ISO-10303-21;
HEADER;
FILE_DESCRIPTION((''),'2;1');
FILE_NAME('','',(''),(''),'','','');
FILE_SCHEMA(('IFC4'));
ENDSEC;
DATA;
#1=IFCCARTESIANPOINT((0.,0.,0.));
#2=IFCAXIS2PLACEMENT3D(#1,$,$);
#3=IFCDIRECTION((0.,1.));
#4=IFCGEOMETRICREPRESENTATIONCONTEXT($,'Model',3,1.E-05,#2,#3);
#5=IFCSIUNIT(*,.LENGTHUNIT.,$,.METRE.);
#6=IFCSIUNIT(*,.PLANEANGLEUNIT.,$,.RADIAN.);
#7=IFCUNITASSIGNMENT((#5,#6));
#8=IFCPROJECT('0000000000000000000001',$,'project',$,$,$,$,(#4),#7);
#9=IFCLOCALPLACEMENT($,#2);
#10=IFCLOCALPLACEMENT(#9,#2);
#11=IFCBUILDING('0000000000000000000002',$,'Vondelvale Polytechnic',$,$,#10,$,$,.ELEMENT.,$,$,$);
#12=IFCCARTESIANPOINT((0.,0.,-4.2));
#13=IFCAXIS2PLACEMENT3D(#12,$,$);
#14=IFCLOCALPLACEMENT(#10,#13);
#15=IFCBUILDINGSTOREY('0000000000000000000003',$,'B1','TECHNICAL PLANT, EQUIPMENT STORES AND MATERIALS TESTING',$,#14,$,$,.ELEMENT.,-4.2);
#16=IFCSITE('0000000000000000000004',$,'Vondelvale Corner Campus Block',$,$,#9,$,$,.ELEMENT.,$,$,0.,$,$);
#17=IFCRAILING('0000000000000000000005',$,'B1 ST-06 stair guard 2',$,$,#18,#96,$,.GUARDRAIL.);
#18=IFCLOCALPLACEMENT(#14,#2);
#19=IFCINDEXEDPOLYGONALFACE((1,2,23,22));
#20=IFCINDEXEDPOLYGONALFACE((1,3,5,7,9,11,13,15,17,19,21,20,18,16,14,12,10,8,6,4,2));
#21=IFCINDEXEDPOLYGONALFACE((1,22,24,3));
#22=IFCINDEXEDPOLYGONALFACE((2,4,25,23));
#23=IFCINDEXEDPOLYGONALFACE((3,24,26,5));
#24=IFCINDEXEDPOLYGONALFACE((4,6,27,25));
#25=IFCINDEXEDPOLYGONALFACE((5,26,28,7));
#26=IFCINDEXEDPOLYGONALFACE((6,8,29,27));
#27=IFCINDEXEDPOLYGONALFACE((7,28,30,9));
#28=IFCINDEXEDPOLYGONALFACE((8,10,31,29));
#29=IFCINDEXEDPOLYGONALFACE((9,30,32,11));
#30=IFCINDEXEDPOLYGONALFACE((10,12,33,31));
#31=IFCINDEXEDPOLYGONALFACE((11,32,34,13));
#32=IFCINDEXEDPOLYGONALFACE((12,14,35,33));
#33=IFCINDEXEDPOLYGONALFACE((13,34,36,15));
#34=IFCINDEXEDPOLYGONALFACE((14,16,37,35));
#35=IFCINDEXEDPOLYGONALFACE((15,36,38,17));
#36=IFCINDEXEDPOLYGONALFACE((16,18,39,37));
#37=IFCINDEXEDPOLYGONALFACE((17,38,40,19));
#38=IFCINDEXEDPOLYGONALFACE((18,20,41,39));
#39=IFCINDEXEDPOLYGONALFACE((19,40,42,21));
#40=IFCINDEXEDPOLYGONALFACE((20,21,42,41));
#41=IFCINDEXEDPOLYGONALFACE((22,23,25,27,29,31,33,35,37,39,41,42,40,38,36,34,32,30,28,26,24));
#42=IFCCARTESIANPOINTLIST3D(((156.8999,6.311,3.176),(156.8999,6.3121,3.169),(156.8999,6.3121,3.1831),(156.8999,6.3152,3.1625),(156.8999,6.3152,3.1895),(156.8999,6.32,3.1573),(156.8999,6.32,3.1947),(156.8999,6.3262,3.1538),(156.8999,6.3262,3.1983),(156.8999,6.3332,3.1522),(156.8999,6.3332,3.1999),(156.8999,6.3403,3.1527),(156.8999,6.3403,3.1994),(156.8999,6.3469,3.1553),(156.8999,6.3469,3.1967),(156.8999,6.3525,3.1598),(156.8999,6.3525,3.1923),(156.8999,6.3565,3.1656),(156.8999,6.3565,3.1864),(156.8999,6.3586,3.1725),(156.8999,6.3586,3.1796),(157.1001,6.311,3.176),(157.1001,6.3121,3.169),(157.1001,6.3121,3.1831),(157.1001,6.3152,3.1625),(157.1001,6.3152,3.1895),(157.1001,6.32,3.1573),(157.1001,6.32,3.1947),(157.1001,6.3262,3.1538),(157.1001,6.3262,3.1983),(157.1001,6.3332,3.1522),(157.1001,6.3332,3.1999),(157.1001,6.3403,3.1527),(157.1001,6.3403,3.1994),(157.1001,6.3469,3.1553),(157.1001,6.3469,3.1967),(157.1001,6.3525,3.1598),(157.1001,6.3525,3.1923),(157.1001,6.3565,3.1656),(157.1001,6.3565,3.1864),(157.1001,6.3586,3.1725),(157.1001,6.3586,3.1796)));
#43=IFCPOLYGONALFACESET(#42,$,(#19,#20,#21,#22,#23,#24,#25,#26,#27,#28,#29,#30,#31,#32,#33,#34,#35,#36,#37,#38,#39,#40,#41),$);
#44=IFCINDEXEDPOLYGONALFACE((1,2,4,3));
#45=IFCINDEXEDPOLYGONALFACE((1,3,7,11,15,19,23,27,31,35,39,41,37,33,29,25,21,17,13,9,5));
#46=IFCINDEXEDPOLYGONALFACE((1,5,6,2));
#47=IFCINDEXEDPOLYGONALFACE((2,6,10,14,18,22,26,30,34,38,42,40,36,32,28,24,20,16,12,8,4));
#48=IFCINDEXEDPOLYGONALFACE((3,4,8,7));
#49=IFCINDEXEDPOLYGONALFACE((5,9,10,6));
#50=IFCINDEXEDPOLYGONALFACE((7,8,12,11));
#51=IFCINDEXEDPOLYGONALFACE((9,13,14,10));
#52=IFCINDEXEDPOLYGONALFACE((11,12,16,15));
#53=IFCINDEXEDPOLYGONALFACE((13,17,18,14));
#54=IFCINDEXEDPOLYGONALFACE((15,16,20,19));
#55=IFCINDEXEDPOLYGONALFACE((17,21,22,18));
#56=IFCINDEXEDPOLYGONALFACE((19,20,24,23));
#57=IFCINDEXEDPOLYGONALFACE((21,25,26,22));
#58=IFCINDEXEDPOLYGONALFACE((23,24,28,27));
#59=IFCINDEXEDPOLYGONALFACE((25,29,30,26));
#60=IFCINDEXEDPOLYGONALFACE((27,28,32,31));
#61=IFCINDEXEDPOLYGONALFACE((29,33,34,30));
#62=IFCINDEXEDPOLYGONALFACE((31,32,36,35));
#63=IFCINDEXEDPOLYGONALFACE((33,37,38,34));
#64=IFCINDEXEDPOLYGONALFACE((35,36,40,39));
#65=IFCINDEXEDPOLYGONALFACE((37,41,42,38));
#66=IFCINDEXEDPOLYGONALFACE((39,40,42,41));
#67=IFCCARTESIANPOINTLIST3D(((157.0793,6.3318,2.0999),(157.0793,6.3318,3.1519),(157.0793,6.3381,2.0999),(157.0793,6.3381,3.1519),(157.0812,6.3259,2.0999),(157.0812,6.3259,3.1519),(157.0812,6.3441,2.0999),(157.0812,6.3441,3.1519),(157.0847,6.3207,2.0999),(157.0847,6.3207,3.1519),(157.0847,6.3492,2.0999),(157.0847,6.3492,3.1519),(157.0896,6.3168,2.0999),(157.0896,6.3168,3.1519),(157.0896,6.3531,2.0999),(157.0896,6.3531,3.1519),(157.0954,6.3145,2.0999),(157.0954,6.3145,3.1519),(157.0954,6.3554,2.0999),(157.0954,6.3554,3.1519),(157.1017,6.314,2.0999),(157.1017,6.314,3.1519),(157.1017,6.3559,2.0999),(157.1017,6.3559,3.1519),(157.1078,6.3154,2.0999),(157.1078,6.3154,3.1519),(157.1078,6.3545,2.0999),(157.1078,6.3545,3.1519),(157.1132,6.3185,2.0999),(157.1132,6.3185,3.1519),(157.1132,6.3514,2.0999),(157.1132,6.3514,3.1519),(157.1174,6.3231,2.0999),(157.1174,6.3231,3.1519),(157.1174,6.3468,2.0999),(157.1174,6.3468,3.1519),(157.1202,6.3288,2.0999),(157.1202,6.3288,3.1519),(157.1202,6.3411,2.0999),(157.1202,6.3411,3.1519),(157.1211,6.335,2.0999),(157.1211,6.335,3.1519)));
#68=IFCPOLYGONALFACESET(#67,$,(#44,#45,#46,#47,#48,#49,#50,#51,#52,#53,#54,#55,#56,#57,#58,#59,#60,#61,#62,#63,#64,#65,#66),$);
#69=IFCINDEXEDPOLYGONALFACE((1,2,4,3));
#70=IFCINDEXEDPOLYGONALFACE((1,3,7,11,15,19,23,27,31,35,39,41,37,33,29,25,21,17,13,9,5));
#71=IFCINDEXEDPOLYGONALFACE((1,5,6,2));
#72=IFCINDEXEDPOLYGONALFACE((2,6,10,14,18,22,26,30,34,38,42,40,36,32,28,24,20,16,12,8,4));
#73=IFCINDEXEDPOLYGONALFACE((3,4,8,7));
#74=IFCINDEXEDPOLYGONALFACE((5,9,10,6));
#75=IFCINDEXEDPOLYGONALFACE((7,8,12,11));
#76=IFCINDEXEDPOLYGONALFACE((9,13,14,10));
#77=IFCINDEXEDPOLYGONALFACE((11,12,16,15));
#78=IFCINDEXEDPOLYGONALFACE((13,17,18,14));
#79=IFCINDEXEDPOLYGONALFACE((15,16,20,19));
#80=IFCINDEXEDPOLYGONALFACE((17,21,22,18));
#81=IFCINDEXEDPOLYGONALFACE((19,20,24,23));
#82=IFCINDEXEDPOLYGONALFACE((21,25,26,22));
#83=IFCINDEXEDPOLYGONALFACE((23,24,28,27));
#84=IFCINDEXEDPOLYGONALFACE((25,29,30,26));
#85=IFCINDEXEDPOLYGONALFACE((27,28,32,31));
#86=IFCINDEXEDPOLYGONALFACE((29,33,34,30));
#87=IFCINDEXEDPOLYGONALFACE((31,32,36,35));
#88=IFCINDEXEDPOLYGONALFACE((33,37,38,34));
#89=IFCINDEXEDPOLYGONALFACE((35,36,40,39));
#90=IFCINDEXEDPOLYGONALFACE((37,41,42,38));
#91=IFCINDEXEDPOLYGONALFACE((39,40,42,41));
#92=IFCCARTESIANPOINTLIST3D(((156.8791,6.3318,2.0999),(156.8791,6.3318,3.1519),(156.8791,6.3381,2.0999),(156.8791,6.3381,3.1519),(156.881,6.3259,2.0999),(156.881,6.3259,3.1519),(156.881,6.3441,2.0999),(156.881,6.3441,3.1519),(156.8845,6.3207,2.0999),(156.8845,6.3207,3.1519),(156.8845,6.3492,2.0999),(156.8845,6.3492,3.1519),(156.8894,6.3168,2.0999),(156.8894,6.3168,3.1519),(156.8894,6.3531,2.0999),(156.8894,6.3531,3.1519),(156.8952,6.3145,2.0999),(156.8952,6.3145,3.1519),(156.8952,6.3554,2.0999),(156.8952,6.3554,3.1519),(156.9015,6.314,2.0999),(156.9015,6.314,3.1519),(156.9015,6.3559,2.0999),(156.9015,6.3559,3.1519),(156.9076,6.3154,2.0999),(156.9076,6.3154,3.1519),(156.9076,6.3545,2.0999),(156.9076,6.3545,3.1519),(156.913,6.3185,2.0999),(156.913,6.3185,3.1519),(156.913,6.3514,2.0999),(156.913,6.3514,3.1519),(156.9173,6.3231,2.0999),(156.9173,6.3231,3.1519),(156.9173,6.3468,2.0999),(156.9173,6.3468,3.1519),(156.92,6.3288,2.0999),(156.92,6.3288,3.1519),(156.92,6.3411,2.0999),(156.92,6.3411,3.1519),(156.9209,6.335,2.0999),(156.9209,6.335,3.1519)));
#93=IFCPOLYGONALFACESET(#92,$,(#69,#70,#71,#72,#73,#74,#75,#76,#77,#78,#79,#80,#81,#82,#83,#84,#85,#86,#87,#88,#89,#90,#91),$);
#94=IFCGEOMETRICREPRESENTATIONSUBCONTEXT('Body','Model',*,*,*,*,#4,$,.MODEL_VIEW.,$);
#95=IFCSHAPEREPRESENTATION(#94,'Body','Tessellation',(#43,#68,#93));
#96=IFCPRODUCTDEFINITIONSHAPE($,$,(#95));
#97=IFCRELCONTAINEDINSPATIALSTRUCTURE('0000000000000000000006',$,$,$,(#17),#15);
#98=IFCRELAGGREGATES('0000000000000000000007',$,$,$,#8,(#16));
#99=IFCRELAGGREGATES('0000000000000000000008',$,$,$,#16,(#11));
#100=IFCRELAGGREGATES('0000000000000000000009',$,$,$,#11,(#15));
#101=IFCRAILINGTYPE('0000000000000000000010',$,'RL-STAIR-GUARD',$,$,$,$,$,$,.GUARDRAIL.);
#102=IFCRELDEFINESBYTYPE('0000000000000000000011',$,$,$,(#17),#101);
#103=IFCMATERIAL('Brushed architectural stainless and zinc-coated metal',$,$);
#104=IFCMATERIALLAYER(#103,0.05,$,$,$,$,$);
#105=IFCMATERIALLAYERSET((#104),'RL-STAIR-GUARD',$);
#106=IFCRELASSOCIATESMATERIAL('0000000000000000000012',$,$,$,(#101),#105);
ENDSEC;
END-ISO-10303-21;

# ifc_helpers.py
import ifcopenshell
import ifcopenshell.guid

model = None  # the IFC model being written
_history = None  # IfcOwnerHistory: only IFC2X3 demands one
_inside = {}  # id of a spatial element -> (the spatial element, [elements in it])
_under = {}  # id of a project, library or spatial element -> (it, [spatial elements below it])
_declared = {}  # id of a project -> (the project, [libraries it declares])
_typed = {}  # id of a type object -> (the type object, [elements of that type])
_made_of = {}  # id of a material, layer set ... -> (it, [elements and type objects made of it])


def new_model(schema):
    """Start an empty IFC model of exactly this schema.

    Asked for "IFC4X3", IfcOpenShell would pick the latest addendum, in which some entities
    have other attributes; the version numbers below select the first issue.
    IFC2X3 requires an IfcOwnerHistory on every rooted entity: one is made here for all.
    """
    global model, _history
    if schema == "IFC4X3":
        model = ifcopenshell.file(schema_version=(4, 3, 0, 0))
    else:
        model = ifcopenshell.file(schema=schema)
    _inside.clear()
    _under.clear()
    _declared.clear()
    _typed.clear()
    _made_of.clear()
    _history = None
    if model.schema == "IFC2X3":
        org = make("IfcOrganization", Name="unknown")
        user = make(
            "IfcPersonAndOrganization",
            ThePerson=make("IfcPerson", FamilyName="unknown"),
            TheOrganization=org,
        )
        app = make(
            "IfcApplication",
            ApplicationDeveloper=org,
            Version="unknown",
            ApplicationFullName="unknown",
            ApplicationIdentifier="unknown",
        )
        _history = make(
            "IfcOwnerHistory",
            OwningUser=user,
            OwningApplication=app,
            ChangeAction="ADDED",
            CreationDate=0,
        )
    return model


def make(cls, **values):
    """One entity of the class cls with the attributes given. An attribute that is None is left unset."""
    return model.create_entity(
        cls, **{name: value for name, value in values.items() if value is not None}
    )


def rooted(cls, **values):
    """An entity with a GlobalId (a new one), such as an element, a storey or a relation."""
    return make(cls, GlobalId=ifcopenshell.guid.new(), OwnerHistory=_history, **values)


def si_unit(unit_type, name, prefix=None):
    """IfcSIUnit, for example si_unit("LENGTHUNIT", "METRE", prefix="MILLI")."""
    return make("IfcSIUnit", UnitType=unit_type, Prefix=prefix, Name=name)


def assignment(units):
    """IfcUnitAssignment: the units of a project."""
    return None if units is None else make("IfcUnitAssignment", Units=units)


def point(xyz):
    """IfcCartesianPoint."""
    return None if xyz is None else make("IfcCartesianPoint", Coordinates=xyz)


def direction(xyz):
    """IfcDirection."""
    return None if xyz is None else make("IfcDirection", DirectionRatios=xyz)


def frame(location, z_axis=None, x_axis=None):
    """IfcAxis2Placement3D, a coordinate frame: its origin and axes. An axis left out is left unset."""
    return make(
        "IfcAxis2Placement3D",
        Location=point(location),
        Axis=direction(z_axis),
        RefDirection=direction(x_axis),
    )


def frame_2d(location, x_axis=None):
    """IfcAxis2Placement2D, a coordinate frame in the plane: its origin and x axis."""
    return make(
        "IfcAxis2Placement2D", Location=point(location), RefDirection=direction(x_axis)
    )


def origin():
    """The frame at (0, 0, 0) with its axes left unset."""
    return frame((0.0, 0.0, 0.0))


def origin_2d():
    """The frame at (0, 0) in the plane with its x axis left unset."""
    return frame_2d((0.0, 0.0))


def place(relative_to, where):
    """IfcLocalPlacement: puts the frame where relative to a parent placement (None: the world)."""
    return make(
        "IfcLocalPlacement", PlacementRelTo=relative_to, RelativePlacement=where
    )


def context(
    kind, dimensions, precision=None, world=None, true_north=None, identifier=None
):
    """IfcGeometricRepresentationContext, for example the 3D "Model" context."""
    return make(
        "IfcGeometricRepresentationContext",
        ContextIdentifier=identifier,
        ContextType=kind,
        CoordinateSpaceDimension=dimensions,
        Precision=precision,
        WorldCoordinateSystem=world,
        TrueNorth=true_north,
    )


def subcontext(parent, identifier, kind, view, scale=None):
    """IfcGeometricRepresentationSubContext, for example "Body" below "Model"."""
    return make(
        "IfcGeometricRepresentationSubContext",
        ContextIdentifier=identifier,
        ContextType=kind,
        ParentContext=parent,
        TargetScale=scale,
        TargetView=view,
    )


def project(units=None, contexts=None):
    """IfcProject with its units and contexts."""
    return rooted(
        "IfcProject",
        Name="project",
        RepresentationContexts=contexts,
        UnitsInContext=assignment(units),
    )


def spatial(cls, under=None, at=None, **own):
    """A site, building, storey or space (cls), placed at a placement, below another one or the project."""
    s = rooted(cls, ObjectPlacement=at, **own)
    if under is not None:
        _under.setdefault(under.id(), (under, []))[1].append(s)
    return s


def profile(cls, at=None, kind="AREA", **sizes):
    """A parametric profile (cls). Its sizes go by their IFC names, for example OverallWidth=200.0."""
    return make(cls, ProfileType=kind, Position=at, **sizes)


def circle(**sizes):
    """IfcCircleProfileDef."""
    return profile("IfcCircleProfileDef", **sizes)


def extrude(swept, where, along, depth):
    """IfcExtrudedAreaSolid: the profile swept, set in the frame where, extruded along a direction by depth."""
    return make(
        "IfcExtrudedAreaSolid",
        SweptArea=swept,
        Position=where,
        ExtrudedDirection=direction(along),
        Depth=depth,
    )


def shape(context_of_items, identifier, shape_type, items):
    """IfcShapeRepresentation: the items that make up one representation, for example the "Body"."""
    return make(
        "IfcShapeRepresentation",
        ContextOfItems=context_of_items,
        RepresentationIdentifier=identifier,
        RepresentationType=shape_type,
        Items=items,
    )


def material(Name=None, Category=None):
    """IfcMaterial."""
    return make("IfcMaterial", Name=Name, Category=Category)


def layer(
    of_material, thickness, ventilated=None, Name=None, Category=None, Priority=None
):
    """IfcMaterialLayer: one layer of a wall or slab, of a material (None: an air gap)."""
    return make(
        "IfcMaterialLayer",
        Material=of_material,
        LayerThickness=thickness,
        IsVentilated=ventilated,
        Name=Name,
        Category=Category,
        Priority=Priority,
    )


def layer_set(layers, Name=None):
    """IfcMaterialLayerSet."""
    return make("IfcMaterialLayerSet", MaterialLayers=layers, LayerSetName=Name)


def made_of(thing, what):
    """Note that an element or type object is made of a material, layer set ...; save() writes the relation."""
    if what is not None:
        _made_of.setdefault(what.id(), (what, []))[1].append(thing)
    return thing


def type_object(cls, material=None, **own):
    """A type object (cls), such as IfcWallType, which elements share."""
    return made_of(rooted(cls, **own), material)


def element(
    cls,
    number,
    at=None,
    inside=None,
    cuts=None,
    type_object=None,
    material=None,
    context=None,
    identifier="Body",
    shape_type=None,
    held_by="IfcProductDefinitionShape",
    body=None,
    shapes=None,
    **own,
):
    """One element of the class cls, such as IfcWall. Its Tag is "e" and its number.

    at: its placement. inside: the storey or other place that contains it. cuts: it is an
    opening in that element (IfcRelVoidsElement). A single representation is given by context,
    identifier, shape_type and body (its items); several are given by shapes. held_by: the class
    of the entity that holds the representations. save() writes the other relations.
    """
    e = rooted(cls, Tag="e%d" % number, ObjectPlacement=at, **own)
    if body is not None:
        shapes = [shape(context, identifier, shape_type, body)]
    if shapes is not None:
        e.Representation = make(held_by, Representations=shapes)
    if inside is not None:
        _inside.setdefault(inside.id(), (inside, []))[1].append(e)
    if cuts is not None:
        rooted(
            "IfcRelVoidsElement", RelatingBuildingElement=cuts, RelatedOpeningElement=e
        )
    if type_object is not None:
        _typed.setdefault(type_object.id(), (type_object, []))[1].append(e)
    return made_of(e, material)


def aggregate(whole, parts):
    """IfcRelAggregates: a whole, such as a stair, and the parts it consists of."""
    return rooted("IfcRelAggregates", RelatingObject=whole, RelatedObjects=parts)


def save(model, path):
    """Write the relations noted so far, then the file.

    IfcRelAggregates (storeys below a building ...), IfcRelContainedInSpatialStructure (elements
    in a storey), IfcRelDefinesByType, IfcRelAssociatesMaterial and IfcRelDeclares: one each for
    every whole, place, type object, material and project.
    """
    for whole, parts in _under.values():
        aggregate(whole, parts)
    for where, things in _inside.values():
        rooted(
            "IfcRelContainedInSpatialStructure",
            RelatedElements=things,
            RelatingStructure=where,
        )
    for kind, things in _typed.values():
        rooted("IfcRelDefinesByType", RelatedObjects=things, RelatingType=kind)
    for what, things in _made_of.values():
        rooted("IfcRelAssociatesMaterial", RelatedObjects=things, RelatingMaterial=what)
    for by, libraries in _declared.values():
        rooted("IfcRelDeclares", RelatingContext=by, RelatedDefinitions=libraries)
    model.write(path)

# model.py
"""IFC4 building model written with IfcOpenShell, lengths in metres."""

from ifc_helpers import new_model, si_unit, direction, frame, origin, origin_2d, place, context, subcontext, project, spatial, circle, extrude, material, layer, layer_set, type_object, element, save


model = new_model("IFC4")

# Units and contexts
model_context = context("Model", 3, precision=1e-05, world=origin(), true_north=direction((0.0, 1.0)))
body_context = subcontext(model_context, "Body", "Model", "MODEL_VIEW")
ifc_project = project(units=[si_unit("LENGTHUNIT", "METRE"), si_unit("PLANEANGLEUNIT", "RADIAN")], contexts=[model_context])

# Site, building, storey
site_placement = place(None, origin())
site = spatial("IfcSite", under=ifc_project, at=site_placement, Name="Vondelvale Corner Campus Block", CompositionType="ELEMENT", RefElevation=0.0)
building_placement = place(site_placement, origin())
building = spatial("IfcBuilding", under=site, at=building_placement, Name="Vondelvale Polytechnic", CompositionType="ELEMENT")
storey_placement = place(building_placement, frame((0.0, 0.0, -4.2)))
storey = spatial("IfcBuildingStorey", under=building, at=storey_placement, Name="B1", Description="TECHNICAL PLANT, EQUIPMENT STORES AND MATERIALS TESTING", CompositionType="ELEMENT", Elevation=-4.2)

# Shared definitions
ifc_material_1 = material(Name="Brushed architectural stainless and zinc-coated metal")

# Railing
ifc_layer_1 = layer(ifc_material_1, 0.05)
ifc_layer_set_1 = layer_set([ifc_layer_1], Name="RL-STAIR-GUARD")
railing_type_1 = type_object("IfcRailingType", Name="RL-STAIR-GUARD", PredefinedType="GUARDRAIL", material=ifc_layer_set_1)
railing_1_placement = place(storey_placement, frame((157.1001, 6.335, 2.0999)))
element("IfcRailing", 1, at=railing_1_placement, inside=storey, type_object=railing_type_1, Name="B1 ST-06 stair guard 2", PredefinedType="GUARDRAIL", context=body_context, shape_type="SweptSolid", body=[
    extrude(circle(Radius=0.0239, at=origin_2d()), frame((0.0, 0.0, 1.0762), z_axis=(-1.0, 0.0, 0.0), x_axis=(0.0, -1.0, 0.0)), (0.0, 0.0, 1.0), 0.2002),
    extrude(circle(Radius=0.021, at=origin_2d()), origin(), (0.0, 0.0, 1.0), 1.052),
    extrude(circle(Radius=0.021, at=origin_2d()), frame((-0.2002, 0.0, 0.0)), (0.0, 0.0, 1.0), 1.052),
])

save(model, "model.ifc")
